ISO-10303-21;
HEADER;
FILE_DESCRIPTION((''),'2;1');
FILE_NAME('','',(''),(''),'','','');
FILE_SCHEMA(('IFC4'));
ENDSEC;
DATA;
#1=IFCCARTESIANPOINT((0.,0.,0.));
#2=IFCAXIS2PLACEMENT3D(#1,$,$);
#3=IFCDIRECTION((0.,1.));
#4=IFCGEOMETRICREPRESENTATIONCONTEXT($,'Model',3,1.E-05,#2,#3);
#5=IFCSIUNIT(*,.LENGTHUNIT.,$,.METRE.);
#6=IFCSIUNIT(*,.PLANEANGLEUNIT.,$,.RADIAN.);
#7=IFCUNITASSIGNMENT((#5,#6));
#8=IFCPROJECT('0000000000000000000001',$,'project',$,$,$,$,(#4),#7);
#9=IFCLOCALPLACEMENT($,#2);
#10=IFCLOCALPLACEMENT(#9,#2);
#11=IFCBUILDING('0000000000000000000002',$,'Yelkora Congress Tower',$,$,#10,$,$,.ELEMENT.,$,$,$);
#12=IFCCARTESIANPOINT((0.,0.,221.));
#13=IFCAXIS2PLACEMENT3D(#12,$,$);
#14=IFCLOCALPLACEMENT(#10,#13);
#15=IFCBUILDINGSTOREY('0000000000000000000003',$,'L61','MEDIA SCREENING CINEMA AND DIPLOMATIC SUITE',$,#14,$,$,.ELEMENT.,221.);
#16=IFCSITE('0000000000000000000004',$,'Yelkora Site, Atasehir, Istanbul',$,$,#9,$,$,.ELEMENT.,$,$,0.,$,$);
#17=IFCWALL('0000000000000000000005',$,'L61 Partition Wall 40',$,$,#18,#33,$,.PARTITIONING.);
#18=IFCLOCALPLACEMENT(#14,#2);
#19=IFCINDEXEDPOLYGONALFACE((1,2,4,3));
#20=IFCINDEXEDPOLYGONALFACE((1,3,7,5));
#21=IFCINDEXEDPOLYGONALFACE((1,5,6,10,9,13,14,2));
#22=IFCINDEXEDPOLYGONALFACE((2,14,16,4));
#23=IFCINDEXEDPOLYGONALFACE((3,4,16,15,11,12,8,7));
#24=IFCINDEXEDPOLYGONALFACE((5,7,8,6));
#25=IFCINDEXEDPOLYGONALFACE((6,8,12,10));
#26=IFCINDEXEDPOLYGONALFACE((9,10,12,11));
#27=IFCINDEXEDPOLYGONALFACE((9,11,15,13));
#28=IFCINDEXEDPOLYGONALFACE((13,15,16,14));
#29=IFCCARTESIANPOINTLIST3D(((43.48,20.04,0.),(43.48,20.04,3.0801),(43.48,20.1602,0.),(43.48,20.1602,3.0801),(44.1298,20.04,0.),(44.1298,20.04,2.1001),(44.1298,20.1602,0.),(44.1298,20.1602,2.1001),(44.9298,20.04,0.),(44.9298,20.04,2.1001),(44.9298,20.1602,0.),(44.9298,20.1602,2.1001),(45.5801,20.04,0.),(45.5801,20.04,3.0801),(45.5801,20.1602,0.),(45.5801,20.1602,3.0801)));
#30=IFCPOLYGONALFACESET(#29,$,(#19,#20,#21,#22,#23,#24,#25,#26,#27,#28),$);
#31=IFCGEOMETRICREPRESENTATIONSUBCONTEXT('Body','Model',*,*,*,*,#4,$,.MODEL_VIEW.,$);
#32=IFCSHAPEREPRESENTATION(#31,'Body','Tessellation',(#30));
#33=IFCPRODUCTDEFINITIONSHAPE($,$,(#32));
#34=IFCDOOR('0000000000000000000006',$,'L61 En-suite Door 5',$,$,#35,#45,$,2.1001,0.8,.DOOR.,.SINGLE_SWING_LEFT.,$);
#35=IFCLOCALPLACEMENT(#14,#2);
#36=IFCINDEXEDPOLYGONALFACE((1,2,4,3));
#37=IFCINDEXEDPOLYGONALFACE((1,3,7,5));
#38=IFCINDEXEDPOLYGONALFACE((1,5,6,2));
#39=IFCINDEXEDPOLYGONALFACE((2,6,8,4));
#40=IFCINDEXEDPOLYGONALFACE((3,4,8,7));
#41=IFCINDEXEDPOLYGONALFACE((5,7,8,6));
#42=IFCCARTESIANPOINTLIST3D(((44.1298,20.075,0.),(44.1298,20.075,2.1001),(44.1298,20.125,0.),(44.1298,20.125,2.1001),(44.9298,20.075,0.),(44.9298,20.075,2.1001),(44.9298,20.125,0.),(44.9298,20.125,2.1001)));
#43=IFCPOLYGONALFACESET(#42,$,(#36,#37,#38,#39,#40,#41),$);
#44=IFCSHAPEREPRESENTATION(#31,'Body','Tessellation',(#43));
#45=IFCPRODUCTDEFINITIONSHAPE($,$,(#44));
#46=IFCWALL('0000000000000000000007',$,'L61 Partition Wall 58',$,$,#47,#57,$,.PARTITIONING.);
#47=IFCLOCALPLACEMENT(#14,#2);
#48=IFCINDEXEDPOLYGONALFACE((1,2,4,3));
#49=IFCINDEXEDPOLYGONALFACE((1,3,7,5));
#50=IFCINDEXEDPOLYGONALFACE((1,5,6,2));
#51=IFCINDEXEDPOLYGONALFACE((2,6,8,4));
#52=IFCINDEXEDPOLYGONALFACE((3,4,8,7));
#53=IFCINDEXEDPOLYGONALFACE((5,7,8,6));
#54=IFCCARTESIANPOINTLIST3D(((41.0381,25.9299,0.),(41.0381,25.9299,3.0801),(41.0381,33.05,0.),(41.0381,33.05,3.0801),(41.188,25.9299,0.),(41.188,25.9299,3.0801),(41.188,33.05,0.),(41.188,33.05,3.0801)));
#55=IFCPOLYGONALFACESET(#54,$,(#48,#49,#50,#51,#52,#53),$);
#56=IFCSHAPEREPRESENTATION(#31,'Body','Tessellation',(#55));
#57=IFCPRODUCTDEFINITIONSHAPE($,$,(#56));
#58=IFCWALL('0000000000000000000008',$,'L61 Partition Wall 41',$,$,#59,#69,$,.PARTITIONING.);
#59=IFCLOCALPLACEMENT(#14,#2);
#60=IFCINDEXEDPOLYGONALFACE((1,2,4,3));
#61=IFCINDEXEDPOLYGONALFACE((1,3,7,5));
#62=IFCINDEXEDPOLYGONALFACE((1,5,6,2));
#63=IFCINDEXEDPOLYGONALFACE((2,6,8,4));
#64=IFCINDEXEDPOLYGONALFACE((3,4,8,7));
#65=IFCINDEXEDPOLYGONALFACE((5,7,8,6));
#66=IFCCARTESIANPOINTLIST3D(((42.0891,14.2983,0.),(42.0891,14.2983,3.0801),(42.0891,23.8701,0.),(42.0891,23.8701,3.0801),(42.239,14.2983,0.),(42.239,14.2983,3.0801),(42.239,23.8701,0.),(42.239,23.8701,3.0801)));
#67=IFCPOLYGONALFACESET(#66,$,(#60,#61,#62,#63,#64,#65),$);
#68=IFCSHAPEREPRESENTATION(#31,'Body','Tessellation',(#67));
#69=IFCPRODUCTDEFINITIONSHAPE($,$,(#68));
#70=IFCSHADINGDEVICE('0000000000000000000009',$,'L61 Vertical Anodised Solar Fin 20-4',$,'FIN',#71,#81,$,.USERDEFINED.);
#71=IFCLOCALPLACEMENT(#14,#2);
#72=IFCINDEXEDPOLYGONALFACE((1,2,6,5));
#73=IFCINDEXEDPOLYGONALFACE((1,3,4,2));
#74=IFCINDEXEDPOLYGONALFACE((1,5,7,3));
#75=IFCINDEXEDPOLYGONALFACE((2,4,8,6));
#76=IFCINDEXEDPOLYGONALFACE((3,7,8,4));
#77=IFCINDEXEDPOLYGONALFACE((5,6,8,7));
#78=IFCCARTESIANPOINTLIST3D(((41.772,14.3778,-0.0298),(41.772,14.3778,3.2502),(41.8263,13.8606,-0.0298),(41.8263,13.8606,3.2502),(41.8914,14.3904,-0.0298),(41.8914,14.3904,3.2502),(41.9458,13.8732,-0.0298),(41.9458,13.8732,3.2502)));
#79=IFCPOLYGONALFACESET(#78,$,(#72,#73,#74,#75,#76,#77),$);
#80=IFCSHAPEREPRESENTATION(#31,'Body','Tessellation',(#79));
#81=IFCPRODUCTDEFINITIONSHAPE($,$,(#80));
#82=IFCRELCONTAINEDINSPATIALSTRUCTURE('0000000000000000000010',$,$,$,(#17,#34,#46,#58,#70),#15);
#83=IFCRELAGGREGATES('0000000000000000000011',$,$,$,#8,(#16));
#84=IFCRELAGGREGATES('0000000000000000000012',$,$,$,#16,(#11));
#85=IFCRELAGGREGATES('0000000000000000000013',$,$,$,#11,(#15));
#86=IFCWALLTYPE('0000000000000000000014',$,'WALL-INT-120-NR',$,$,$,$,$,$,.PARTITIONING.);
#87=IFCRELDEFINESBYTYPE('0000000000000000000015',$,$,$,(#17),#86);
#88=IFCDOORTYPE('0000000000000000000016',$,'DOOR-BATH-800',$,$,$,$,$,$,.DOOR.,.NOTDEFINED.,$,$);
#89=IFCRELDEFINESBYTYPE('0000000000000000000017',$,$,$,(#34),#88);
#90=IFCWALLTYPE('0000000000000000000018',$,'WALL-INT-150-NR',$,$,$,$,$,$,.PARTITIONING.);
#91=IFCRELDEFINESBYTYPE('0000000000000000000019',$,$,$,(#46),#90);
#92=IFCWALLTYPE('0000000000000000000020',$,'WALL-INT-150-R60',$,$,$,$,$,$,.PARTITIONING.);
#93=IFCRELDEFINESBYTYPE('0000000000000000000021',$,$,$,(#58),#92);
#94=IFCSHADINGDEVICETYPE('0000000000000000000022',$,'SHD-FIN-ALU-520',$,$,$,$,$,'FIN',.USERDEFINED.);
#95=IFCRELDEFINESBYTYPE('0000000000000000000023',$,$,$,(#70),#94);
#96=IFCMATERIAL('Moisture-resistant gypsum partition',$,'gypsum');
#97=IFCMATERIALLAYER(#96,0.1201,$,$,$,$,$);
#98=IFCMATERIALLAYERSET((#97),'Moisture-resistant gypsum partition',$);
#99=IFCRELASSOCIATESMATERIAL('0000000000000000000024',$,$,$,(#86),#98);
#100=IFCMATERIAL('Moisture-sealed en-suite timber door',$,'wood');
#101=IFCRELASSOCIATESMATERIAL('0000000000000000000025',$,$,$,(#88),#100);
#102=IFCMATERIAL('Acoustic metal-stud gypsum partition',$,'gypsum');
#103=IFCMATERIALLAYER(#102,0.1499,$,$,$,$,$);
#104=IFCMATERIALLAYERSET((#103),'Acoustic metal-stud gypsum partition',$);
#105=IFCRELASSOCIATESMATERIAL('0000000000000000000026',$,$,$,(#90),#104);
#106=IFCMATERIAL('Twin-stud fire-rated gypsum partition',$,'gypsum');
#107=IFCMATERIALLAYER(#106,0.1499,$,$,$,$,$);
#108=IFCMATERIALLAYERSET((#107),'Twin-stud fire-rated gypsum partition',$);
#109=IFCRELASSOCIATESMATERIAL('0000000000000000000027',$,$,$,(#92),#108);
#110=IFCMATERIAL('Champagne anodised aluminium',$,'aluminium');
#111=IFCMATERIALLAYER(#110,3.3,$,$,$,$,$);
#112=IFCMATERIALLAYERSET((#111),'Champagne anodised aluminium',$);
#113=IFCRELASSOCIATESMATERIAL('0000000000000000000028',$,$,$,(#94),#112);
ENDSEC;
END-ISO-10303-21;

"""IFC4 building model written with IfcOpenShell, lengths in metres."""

from ifc_helpers import new_model, si_unit, direction, frame, frame_2d, origin, origin_2d, place, context, subcontext, project, spatial, rectangle, extrude, material, layer, layer_set, type_object, element, fill, save


model = new_model("IFC4")

# Units and contexts
model_context = context("Model", 3, precision=1e-05, world=origin(), true_north=direction((0.0, 1.0)))
body_context = subcontext(model_context, "Body", "Model", "MODEL_VIEW")
ifc_project = project(units=[si_unit("LENGTHUNIT", "METRE"), si_unit("PLANEANGLEUNIT", "RADIAN")], contexts=[model_context])

# Site, building, storey
site_placement = place(None, origin())
site = spatial("IfcSite", under=ifc_project, at=site_placement, Name="Yelkora Site, Atasehir, Istanbul", CompositionType="ELEMENT", RefElevation=0.0)
building_placement = place(site_placement, origin())
building = spatial("IfcBuilding", under=site, at=building_placement, Name="Yelkora Congress Tower", CompositionType="ELEMENT")
storey_placement = place(building_placement, frame((0.0, 0.0, 221.0)))
storey = spatial("IfcBuildingStorey", under=building, at=storey_placement, Name="L61", Description="MEDIA SCREENING CINEMA AND DIPLOMATIC SUITE", CompositionType="ELEMENT", Elevation=221.0)

# Shared definitions
ifc_material_1 = material(Name="Moisture-resistant gypsum partition", Category="gypsum")
ifc_layer_1 = layer(ifc_material_1, 0.1201)
ifc_layer_set_1 = layer_set([ifc_layer_1], Name="Moisture-resistant gypsum partition")
wall_type_1 = type_object("IfcWallType", Name="WALL-INT-120-NR", PredefinedType="PARTITIONING", material=ifc_layer_set_1)

# Shared definitions
ifc_material_2 = material(Name="Moisture-sealed en-suite timber door", Category="wood")
door_type = type_object("IfcDoorType", Name="DOOR-BATH-800", OperationType="NOTDEFINED", PredefinedType="DOOR", material=ifc_material_2)

# Wall, opening, door
wall_1_placement = place(storey_placement, frame((43.48, 20.1001, 0.0), z_axis=(0.0, 0.0, 1.0), x_axis=(1.0, 0.0, 0.0)))
wall_1 = element("IfcWall", 1, at=wall_1_placement, inside=storey, type_object=wall_type_1, Name="L61 Partition Wall 40", PredefinedType="PARTITIONING", context=body_context, shape_type="SweptSolid", body=[
    extrude(rectangle(XDim=2.1001, YDim=0.1201, at=frame_2d((1.05, 0.0))), origin(), (0.0, 0.0, 1.0), 3.0801),
])
opening_1_placement = place(wall_1_placement, frame((0.6499, 0.0, 0.0)))
opening_1 = element("IfcOpeningElement", 2, at=opening_1_placement, cuts=wall_1, PredefinedType="OPENING", context=body_context, shape_type="SweptSolid", body=[
    extrude(rectangle(XDim=0.8, YDim=2.1001, at=frame_2d((0.3999, 1.05))), frame((0.0, 0.0701, 0.0), z_axis=(0.0, -1.0, 0.0), x_axis=(1.0, 0.0, 0.0)), (0.0, 0.0, 1.0), 0.1401),
])
door_1_placement = place(opening_1_placement, origin())
door_1 = element("IfcDoor", 3, at=door_1_placement, inside=storey, type_object=door_type, Name="L61 En-suite Door 5", OperationType="SINGLE_SWING_LEFT", OverallHeight=2.1001, OverallWidth=0.8, PredefinedType="DOOR", context=body_context, shape_type="SweptSolid", body=[
    extrude(rectangle(XDim=0.8, YDim=2.1001, at=frame_2d((0.3999, 1.05))), frame((0.0, 0.0249, 0.0), z_axis=(0.0, -1.0, 0.0), x_axis=(1.0, 0.0, 0.0)), (0.0, 0.0, 1.0), 0.05),
])
fill(opening_1, door_1)

# Walls
ifc_material_3 = material(Name="Acoustic metal-stud gypsum partition", Category="gypsum")
ifc_layer_2 = layer(ifc_material_3, 0.1499)
ifc_layer_set_2 = layer_set([ifc_layer_2], Name="Acoustic metal-stud gypsum partition")
wall_type_2 = type_object("IfcWallType", Name="WALL-INT-150-NR", PredefinedType="PARTITIONING", material=ifc_layer_set_2)
wall_2_placement = place(storey_placement, frame((41.113, 25.9299, 0.0), z_axis=(0.0, 0.0, 1.0), x_axis=(0.0, 1.0, 0.0)))
element("IfcWall", 4, at=wall_2_placement, inside=storey, type_object=wall_type_2, Name="L61 Partition Wall 58", PredefinedType="PARTITIONING", context=body_context, shape_type="SweptSolid", body=[
    extrude(rectangle(XDim=7.1201, YDim=0.1499, at=frame_2d((3.5601, 0.0))), origin(), (0.0, 0.0, 1.0), 3.0801),
])
ifc_material_4 = material(Name="Twin-stud fire-rated gypsum partition", Category="gypsum")
ifc_layer_3 = layer(ifc_material_4, 0.1499)
ifc_layer_set_3 = layer_set([ifc_layer_3], Name="Twin-stud fire-rated gypsum partition")
wall_type_3 = type_object("IfcWallType", Name="WALL-INT-150-R60", PredefinedType="PARTITIONING", material=ifc_layer_set_3)
wall_3_placement = place(storey_placement, frame((42.1641, 14.2983, 0.0), z_axis=(0.0, 0.0, 1.0), x_axis=(0.0, 1.0, 0.0)))
element("IfcWall", 5, at=wall_3_placement, inside=storey, type_object=wall_type_3, Name="L61 Partition Wall 41", PredefinedType="PARTITIONING", context=body_context, shape_type="SweptSolid", body=[
    extrude(rectangle(XDim=9.5718, YDim=0.1499, at=frame_2d((4.7859, 0.0))), origin(), (0.0, 0.0, 1.0), 3.0801),
])

# Shading device
ifc_material_5 = material(Name="Champagne anodised aluminium", Category="aluminium")
ifc_layer_4 = layer(ifc_material_5, 3.3)
ifc_layer_set_4 = layer_set([ifc_layer_4], Name="Champagne anodised aluminium")
shading_device_type = type_object("IfcShadingDeviceType", Name="SHD-FIN-ALU-520", ElementType="FIN", PredefinedType="USERDEFINED", material=ifc_layer_set_4)
shading_device_placement = place(storey_placement, frame((41.8589, 14.1255, -0.0298), z_axis=(0.0, 0.0, 1.0), x_axis=(-0.994522, -0.104528, 0.0)))
element("IfcShadingDevice", 6, at=shading_device_placement, inside=storey, type_object=shading_device_type, Name="L61 Vertical Anodised Solar Fin 20-4", ObjectType="FIN", PredefinedType="USERDEFINED", context=body_context, shape_type="SweptSolid", body=[
    extrude(rectangle(XDim=0.1201, YDim=0.52, at=origin_2d()), origin(), (0.0, 0.0, 1.0), 3.28),
])

save(model, "model.ifc")
